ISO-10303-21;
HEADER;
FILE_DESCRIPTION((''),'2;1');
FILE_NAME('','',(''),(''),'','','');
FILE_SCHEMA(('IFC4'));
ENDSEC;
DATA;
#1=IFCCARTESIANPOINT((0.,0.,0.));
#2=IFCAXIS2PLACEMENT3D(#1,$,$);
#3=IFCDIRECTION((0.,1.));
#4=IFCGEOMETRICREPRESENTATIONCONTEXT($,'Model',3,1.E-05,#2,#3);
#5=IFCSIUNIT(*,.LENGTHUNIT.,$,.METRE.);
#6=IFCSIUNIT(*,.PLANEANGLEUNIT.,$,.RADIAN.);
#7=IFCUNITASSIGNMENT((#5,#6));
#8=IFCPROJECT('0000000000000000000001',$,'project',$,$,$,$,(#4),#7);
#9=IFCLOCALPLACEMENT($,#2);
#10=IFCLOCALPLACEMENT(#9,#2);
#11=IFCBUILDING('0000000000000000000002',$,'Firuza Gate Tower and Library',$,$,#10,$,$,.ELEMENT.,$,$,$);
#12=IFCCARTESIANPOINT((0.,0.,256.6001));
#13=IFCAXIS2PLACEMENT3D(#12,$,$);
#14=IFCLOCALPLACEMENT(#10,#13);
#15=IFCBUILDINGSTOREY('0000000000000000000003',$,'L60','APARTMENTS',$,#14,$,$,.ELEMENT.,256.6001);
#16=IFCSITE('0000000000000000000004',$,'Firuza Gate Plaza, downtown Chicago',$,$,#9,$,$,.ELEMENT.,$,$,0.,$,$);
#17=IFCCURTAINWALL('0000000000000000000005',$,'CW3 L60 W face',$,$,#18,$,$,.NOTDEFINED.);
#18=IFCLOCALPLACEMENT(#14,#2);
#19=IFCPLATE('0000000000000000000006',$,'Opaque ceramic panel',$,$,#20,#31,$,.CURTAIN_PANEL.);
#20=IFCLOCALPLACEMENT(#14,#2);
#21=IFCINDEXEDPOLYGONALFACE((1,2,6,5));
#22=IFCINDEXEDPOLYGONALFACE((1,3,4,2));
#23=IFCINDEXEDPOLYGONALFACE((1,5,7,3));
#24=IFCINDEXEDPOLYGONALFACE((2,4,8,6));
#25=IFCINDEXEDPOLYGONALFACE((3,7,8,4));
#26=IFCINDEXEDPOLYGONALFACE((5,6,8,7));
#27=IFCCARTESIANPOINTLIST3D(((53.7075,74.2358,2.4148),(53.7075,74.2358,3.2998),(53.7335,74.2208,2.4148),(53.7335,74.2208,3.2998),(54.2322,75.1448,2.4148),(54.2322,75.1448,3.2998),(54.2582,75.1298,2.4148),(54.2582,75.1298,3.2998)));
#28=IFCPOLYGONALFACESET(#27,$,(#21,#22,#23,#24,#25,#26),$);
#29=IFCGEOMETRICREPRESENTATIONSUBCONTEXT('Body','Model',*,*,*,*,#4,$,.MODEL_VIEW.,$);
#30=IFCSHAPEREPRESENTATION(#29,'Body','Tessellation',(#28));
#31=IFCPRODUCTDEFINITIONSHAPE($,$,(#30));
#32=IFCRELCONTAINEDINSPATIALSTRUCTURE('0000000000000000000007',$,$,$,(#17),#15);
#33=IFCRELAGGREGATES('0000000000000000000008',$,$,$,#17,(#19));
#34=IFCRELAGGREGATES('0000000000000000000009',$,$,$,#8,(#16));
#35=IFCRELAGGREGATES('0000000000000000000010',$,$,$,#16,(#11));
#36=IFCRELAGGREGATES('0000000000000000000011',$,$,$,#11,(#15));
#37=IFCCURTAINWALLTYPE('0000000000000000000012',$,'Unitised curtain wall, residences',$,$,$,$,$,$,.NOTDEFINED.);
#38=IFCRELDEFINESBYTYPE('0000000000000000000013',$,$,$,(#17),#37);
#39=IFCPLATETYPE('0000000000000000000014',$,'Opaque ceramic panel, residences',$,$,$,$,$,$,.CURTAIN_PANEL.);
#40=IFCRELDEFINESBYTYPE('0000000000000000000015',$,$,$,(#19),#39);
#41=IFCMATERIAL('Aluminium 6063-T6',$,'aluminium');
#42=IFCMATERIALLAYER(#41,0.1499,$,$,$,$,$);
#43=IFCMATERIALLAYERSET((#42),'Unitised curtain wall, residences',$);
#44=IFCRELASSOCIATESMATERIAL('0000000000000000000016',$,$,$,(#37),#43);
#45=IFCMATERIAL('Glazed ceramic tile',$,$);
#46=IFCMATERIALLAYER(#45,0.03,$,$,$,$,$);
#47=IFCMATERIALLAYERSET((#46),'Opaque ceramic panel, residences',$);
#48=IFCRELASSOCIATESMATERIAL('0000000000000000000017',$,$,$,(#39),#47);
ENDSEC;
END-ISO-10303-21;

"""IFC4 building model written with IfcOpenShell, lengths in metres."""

from ifc_helpers import new_model, si_unit, direction, frame, origin, place, context, subcontext, project, spatial, polyline, outline, extrude, material, layer, layer_set, type_object, element, aggregate, save


model = new_model("IFC4")

# Units and contexts
model_context = context("Model", 3, precision=1e-05, world=origin(), true_north=direction((0.0, 1.0)))
body_context = subcontext(model_context, "Body", "Model", "MODEL_VIEW")
ifc_project = project(units=[si_unit("LENGTHUNIT", "METRE"), si_unit("PLANEANGLEUNIT", "RADIAN")], contexts=[model_context])

# Site, building, storey
site_placement = place(None, origin())
site = spatial("IfcSite", under=ifc_project, at=site_placement, Name="Firuza Gate Plaza, downtown Chicago", CompositionType="ELEMENT", RefElevation=0.0)
building_placement = place(site_placement, origin())
building = spatial("IfcBuilding", under=site, at=building_placement, Name="Firuza Gate Tower and Library", CompositionType="ELEMENT")
storey_placement = place(building_placement, frame((0.0, 0.0, 256.6001)))
storey = spatial("IfcBuildingStorey", under=building, at=storey_placement, Name="L60", Description="APARTMENTS", CompositionType="ELEMENT", Elevation=256.6001)

# Curtain wall
ifc_material_1 = material(Name="Aluminium 6063-T6", Category="aluminium")
ifc_layer_1 = layer(ifc_material_1, 0.1499)
ifc_layer_set_1 = layer_set([ifc_layer_1], Name="Unitised curtain wall, residences")
curtain_wall_type = type_object("IfcCurtainWallType", Name="Unitised curtain wall, residences", PredefinedType="NOTDEFINED", material=ifc_layer_set_1)
curtain_wall_placement = place(storey_placement, origin())
curtain_wall = element("IfcCurtainWall", 1, at=curtain_wall_placement, inside=storey, type_object=curtain_wall_type, Name="CW3 L60 W face", PredefinedType="NOTDEFINED")

# Plate
ifc_material_2 = material(Name="Glazed ceramic tile")
ifc_layer_2 = layer(ifc_material_2, 0.03)
ifc_layer_set_2 = layer_set([ifc_layer_2], Name="Opaque ceramic panel, residences")
plate_type_1 = type_object("IfcPlateType", Name="Opaque ceramic panel, residences", PredefinedType="CURTAIN_PANEL", material=ifc_layer_set_2)
plate_1_placement = place(storey_placement, frame((54.2322, 75.1448, 2.4148), z_axis=(-0.866073, 0.499917, 0.0), x_axis=(-0.499917, -0.866073, 0.0)))
plate_1 = element("IfcPlate", 2, at=plate_1_placement, type_object=plate_type_1, Name="Opaque ceramic panel", PredefinedType="CURTAIN_PANEL", context=body_context, shape_type="SweptSolid", body=[
    extrude(outline(polyline([(0.0, 0.0), (1.0495, 0.0), (1.0495, 0.885), (0.0, 0.885), (0.0, 0.0)])), origin(), (0.0, 0.0, -1.0), 0.03),
])
aggregate(curtain_wall, [plate_1])

save(model, "model.ifc")
